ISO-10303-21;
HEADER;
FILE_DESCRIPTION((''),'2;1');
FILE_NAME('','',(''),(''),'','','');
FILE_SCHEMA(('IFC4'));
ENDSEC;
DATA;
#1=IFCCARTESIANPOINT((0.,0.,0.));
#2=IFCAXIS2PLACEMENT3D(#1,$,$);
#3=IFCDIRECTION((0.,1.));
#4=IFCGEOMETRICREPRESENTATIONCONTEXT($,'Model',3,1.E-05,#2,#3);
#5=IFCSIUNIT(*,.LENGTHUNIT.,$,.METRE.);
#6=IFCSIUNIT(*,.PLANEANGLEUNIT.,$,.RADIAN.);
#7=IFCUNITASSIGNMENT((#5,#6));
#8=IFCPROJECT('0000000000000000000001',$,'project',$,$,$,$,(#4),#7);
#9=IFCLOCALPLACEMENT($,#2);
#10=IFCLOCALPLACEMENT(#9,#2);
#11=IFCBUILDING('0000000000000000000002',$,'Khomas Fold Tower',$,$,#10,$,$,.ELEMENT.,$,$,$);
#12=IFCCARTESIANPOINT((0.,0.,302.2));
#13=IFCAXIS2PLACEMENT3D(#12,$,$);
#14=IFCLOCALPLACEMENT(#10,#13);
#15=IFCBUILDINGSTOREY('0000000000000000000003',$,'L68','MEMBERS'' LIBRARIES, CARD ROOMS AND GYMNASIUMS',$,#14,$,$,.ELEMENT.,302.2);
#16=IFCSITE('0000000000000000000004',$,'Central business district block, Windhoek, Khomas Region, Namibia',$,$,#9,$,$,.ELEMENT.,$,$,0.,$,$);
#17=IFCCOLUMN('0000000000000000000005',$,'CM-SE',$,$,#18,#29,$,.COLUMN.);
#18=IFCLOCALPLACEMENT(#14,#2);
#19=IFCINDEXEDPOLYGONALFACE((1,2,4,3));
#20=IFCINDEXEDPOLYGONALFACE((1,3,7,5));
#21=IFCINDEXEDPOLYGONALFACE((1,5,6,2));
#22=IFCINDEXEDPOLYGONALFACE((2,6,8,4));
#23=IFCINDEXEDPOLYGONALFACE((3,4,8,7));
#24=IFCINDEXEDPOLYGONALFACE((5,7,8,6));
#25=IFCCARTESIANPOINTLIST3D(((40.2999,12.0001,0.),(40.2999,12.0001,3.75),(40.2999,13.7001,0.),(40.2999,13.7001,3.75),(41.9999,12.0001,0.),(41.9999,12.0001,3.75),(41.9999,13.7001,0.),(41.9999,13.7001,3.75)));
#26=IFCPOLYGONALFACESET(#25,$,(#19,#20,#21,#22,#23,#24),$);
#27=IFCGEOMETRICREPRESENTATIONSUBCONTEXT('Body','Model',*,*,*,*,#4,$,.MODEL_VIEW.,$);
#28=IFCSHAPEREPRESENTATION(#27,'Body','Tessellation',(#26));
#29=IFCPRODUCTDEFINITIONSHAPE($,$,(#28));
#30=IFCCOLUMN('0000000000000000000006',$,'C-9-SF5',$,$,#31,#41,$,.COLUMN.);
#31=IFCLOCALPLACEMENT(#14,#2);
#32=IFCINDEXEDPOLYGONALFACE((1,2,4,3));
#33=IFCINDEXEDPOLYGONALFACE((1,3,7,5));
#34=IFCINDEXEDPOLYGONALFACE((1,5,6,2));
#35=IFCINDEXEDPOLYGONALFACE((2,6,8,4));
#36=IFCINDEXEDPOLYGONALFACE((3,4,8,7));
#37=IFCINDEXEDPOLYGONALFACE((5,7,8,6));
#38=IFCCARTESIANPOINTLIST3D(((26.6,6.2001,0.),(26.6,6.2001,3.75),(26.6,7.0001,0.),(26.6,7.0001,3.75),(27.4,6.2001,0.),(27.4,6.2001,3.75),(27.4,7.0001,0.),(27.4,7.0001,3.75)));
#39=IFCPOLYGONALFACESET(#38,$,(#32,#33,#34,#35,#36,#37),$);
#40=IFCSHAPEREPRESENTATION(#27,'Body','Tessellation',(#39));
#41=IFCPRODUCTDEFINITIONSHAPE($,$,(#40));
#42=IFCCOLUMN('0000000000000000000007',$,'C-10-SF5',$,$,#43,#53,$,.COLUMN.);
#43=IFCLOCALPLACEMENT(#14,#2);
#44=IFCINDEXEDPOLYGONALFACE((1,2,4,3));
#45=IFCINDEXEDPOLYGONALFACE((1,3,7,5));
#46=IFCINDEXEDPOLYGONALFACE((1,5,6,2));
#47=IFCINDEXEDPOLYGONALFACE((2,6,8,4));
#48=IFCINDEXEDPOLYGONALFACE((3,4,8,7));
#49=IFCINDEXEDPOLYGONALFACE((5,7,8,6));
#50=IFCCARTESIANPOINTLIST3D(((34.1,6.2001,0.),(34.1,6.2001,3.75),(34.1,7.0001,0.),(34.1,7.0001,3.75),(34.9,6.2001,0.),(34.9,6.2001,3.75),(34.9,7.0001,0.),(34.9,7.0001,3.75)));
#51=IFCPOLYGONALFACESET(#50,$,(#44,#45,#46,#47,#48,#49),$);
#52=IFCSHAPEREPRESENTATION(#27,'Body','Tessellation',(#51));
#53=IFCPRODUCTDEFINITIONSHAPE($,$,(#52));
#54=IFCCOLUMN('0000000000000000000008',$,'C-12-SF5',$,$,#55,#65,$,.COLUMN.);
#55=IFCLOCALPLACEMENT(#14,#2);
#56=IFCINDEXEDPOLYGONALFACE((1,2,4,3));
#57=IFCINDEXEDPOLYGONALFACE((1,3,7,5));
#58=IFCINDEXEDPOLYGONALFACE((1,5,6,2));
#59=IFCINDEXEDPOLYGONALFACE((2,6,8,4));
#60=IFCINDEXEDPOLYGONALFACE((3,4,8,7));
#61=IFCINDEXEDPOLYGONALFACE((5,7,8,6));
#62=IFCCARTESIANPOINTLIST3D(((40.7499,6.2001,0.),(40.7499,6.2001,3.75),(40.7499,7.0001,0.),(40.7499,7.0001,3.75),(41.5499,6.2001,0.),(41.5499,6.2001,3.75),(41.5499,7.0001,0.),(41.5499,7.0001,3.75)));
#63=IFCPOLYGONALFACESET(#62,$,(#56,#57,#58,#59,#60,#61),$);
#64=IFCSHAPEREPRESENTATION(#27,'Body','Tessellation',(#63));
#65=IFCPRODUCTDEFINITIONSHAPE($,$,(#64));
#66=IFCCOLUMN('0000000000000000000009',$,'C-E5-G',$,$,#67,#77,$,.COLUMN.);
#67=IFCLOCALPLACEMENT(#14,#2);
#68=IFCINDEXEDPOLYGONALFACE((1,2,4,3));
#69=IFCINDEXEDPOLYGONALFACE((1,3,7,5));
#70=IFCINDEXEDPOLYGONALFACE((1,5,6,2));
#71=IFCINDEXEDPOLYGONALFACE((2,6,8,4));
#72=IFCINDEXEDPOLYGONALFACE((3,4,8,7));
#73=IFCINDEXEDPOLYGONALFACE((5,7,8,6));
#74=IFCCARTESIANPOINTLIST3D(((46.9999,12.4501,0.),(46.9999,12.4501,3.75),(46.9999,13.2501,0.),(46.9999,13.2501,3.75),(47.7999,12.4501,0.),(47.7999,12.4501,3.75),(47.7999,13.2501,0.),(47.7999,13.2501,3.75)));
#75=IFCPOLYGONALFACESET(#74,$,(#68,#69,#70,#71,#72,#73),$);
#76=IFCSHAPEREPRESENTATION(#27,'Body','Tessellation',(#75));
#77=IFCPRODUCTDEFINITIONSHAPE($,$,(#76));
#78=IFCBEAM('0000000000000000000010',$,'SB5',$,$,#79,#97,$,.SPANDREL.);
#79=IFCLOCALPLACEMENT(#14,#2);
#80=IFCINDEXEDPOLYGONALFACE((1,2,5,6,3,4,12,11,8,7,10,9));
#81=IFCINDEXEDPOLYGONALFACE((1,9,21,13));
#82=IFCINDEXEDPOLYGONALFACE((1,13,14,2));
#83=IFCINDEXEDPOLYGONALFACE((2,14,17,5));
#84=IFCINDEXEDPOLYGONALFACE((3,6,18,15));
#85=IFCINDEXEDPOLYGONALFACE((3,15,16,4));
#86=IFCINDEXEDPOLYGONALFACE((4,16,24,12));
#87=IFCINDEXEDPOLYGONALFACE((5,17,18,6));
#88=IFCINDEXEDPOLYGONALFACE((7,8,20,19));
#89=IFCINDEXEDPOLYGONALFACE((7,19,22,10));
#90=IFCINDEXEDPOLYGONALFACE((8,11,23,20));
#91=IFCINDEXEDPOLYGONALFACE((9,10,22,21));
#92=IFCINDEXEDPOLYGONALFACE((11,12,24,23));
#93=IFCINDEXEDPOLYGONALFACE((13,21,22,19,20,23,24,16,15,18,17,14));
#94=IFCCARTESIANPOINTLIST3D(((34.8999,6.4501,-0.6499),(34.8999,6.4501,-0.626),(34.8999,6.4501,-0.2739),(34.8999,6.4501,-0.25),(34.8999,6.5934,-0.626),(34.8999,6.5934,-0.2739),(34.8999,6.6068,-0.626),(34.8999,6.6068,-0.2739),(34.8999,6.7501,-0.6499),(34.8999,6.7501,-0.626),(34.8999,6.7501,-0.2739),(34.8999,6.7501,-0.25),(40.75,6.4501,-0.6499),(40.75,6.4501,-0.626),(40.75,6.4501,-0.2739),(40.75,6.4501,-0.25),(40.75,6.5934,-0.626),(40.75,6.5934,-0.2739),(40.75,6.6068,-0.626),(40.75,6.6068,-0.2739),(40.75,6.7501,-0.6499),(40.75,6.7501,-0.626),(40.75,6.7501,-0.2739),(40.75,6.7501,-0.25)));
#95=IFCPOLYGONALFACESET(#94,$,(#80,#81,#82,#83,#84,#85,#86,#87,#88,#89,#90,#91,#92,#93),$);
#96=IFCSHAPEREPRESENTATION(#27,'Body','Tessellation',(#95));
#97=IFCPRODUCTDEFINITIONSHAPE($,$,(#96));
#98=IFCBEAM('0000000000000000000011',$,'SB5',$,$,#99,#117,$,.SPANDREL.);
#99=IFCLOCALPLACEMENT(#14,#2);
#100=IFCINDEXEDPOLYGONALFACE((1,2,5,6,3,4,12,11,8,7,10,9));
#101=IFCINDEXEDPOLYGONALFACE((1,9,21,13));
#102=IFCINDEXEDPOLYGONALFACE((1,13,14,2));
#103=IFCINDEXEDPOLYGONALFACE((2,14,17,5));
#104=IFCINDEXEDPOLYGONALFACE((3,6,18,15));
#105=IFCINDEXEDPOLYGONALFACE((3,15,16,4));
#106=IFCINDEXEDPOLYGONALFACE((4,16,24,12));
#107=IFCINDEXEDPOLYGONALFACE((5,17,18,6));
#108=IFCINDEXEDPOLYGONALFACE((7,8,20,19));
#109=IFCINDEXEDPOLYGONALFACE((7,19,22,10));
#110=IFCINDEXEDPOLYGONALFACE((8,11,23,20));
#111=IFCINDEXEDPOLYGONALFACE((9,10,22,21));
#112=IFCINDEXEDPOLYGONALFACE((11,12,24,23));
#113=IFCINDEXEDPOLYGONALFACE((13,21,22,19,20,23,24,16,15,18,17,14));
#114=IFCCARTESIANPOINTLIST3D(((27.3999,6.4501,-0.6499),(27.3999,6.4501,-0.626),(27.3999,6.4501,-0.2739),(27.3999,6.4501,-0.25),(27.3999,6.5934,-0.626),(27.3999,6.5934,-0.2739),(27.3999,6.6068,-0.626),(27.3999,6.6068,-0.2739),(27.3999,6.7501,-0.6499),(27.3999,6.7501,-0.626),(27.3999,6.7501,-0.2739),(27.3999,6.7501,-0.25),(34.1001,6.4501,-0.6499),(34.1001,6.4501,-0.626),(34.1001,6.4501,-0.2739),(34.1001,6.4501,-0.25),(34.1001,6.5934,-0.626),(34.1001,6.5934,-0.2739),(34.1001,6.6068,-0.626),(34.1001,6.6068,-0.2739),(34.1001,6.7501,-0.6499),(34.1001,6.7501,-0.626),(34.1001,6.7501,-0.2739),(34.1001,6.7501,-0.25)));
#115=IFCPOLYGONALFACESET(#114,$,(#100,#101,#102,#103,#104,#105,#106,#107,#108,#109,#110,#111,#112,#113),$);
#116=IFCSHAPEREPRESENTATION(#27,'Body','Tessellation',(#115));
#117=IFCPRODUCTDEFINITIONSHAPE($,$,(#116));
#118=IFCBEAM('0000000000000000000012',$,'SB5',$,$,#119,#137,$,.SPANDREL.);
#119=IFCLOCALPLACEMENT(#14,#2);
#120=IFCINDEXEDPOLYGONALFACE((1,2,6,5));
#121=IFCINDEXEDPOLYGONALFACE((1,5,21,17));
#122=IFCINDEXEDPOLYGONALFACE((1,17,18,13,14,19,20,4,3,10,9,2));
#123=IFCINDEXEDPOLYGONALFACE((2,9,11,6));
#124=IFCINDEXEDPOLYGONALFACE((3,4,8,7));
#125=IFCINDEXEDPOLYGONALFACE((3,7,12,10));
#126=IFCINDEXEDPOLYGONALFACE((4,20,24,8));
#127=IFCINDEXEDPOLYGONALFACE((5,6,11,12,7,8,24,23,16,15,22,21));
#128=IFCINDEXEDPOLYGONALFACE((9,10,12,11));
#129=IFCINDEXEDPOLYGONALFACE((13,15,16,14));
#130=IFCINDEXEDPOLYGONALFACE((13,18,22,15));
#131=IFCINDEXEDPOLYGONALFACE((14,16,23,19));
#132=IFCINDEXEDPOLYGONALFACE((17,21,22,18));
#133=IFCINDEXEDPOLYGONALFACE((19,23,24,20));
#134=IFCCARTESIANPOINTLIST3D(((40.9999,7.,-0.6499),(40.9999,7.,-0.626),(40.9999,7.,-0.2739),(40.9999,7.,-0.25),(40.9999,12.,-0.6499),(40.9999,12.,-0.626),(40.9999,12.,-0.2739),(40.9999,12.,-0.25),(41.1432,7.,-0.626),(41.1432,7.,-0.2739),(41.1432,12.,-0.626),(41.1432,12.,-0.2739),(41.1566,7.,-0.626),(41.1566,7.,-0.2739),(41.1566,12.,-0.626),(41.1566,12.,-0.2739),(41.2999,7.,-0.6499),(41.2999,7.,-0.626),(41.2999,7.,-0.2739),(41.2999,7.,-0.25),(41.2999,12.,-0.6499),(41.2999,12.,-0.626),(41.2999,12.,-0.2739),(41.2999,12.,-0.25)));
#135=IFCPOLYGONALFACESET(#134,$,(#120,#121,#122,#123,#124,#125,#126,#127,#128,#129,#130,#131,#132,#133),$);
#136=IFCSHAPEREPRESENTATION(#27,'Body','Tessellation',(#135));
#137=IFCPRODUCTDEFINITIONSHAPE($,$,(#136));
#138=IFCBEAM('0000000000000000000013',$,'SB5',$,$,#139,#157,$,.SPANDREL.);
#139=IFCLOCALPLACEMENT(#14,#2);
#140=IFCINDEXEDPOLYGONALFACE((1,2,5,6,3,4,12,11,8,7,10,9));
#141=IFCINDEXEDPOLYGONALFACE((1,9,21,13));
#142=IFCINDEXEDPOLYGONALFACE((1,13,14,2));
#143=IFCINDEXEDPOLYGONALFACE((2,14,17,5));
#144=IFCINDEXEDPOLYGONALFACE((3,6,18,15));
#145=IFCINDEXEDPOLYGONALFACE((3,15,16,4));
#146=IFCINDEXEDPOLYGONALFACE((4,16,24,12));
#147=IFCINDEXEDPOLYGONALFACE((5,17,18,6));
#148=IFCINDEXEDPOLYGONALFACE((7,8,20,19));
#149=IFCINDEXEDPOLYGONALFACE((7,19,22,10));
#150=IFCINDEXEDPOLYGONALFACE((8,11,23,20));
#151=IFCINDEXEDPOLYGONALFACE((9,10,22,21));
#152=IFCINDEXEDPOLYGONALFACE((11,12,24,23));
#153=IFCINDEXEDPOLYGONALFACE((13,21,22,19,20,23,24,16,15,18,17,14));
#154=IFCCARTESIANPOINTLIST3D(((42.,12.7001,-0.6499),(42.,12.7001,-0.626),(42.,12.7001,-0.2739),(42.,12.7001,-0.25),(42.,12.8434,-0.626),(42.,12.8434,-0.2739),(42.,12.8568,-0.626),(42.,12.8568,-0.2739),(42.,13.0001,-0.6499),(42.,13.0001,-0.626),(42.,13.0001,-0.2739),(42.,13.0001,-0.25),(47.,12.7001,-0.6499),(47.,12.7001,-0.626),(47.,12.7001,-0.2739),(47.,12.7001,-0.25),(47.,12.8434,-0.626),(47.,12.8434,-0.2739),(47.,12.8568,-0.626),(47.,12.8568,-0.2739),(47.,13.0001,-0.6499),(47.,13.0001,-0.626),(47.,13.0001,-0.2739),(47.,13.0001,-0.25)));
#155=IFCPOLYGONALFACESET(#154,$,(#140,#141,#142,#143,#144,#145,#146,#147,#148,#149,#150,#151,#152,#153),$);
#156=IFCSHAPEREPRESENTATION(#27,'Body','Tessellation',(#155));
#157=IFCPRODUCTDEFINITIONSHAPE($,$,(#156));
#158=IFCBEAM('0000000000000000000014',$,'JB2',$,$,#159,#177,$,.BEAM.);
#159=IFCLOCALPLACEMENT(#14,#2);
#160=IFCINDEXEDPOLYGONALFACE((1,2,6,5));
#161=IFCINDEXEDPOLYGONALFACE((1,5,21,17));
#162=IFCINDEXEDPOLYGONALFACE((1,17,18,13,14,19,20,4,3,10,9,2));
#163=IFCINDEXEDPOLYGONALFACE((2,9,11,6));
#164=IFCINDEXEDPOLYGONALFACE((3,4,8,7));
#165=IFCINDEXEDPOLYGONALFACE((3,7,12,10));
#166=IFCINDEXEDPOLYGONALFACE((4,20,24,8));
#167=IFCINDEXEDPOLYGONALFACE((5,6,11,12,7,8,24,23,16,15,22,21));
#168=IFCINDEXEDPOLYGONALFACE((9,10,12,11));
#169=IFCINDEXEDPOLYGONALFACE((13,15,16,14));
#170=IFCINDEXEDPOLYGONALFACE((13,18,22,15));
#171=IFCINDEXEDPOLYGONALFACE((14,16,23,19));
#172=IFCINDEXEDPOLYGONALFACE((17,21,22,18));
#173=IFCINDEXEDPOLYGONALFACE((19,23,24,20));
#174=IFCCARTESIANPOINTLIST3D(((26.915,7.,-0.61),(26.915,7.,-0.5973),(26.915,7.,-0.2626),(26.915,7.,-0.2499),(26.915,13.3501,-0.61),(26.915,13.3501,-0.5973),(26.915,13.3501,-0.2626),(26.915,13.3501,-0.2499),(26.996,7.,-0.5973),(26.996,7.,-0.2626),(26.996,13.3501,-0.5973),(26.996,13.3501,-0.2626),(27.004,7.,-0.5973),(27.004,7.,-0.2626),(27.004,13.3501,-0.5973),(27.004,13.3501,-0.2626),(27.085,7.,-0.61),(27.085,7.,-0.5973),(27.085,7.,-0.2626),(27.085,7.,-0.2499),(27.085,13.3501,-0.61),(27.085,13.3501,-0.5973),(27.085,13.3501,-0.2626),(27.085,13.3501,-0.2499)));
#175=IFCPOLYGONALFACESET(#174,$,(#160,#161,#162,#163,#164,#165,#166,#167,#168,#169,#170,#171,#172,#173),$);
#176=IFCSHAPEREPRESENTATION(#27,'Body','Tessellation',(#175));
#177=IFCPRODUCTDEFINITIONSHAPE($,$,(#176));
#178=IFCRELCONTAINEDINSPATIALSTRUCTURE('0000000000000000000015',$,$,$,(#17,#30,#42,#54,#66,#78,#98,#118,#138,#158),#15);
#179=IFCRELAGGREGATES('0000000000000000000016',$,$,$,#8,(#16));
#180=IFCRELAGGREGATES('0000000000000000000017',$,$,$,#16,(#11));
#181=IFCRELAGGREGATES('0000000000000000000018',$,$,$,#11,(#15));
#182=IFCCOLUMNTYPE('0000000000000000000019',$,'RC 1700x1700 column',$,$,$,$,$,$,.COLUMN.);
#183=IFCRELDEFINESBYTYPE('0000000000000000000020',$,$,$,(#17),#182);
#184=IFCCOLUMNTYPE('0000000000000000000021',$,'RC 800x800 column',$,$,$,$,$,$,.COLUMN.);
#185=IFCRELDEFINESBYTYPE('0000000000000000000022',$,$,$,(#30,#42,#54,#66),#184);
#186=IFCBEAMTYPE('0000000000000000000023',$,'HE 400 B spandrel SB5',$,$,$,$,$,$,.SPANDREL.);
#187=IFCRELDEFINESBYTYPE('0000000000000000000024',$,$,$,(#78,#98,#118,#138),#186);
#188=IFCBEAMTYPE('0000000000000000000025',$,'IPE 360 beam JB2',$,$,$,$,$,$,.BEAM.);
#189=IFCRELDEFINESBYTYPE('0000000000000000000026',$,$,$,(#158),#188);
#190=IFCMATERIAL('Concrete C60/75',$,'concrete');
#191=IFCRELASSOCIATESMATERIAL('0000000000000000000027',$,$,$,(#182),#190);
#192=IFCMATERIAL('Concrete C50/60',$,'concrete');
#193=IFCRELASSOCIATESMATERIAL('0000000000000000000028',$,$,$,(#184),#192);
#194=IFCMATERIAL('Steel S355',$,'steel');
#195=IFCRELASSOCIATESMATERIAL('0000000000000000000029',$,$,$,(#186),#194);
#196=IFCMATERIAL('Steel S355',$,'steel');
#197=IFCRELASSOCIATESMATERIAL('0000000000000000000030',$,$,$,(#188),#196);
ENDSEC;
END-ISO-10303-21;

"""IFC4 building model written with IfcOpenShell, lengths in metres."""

from ifc_helpers import new_model, si_unit, direction, frame, origin, origin_2d, place, context, subcontext, project, spatial, rectangle, i_section, extrude, source, transform, mapped, material, material_profile, profile_set, type_object, element, save


model = new_model("IFC4")

# Units and contexts
model_context = context("Model", 3, precision=1e-05, world=origin(), true_north=direction((0.0, 1.0)))
body_context = subcontext(model_context, "Body", "Model", "MODEL_VIEW")
ifc_project = project(units=[si_unit("LENGTHUNIT", "METRE"), si_unit("PLANEANGLEUNIT", "RADIAN")], contexts=[model_context])

# Site, building, storey
site_placement = place(None, origin())
site = spatial("IfcSite", under=ifc_project, at=site_placement, Name="Central business district block, Windhoek, Khomas Region, Namibia", CompositionType="ELEMENT", RefElevation=0.0)
building_placement = place(site_placement, origin())
building = spatial("IfcBuilding", under=site, at=building_placement, Name="Khomas Fold Tower", CompositionType="ELEMENT")
storey_placement = place(building_placement, frame((0.0, 0.0, 302.2)))
storey = spatial("IfcBuildingStorey", under=building, at=storey_placement, Name="L68", Description="MEMBERS' LIBRARIES, CARD ROOMS AND GYMNASIUMS", CompositionType="ELEMENT", Elevation=302.2)

# Columns
ifc_material_1 = material(Name="Concrete C60/75", Category="concrete")
ifc_material_profile_1 = material_profile(ifc_material_1, rectangle(XDim=1.7, YDim=1.7, at=origin_2d()), Name="RC 1700x1700")
ifc_profile_set_1 = profile_set([ifc_material_profile_1], Name="Concrete C60/75")
column_type_1 = type_object("IfcColumnType", Name="RC 1700x1700 column", PredefinedType="COLUMN", material=ifc_profile_set_1)
shared_shape_1 = source(origin(), body_context, "Body", "SweptSolid", [
    extrude(rectangle(XDim=1.7, YDim=1.7, at=origin_2d()), origin(), (0.0, 0.0, 1.0), 3.75),
])
column_placement = place(storey_placement, frame((41.1499, 12.8501, 0.0), z_axis=(0.0, 0.0, 1.0), x_axis=(1.0, 0.0, 0.0)))
element("IfcColumn", 1, at=column_placement, inside=storey, type_object=column_type_1, Name="CM-SE", PredefinedType="COLUMN", context=body_context, shape_type="MappedRepresentation", body=[
    mapped(shared_shape_1, transform((0.0, 0.0, 0.0))),
])
ifc_material_2 = material(Name="Concrete C50/60", Category="concrete")
ifc_material_profile_2 = material_profile(ifc_material_2, rectangle(XDim=0.8, YDim=0.8, at=origin_2d()), Name="RC 800x800")
ifc_profile_set_2 = profile_set([ifc_material_profile_2], Name="Concrete C50/60")
column_type_2 = type_object("IfcColumnType", Name="RC 800x800 column", PredefinedType="COLUMN", material=ifc_profile_set_2)
shared_shape_2 = source(origin(), body_context, "Body", "SweptSolid", [
    extrude(rectangle(XDim=0.8, YDim=0.8, at=origin_2d()), origin(), (0.0, 0.0, 1.0), 3.75),
])
for number, where, z_axis, x_axis, name in (
    (2, (27.0, 6.6001, 0.0), (0.0, 0.0, 1.0), (1.0, 0.0, 0.0), "C-9-SF5"),
    (3, (34.5, 6.6001, 0.0), (0.0, 0.0, 1.0), (1.0, 0.0, 0.0), "C-10-SF5"),
    (4, (41.1499, 6.6001, 0.0), (0.0, 0.0, 1.0), (1.0, 0.0, 0.0), "C-12-SF5"),
    (5, (47.3999, 12.8501, 0.0), (0.0, 0.0, 1.0), (1.0, 0.0, 0.0), "C-E5-G"),
):
    element("IfcColumn", number, at=place(storey_placement, frame(where, z_axis=z_axis, x_axis=x_axis)), inside=storey, type_object=column_type_2, Name=name, PredefinedType="COLUMN", context=body_context, shape_type="MappedRepresentation", body=[
        mapped(shared_shape_2, transform((0.0, 0.0, 0.0))),
    ])

# Beams
ifc_material_3 = material(Name="Steel S355", Category="steel")
ifc_material_profile_3 = material_profile(ifc_material_3, i_section(OverallWidth=0.3, OverallDepth=0.3999, WebThickness=0.0134, FlangeThickness=0.0239, at=origin_2d()), Name="HE 400 B")
ifc_profile_set_3 = profile_set([ifc_material_profile_3], Name="Steel S355")
beam_type_1 = type_object("IfcBeamType", Name="HE 400 B spandrel SB5", PredefinedType="SPANDREL", material=ifc_profile_set_3)
shared_shape_3 = source(origin(), body_context, "Body", "SweptSolid", [
    extrude(i_section(OverallWidth=0.3, OverallDepth=0.3999, WebThickness=0.0134, FlangeThickness=0.0239, at=origin_2d()), origin(), (0.0, 0.0, 1.0), 5.8501),
])
beam_1_placement = place(storey_placement, frame((34.8999, 6.6001, -0.45), z_axis=(1.0, 0.0, 0.0), x_axis=(0.0, 1.0, 0.0)))
element("IfcBeam", 6, at=beam_1_placement, inside=storey, type_object=beam_type_1, Name="SB5", PredefinedType="SPANDREL", context=body_context, shape_type="MappedRepresentation", body=[
    mapped(shared_shape_3, transform((0.0, 0.0, 0.0))),
])
shared_shape_4 = source(origin(), body_context, "Body", "SweptSolid", [
    extrude(i_section(OverallWidth=0.3, OverallDepth=0.3999, WebThickness=0.0134, FlangeThickness=0.0239, at=origin_2d()), origin(), (0.0, 0.0, 1.0), 6.7002),
])
beam_2_placement = place(storey_placement, frame((27.3999, 6.6001, -0.45), z_axis=(1.0, 0.0, 0.0), x_axis=(0.0, 1.0, 0.0)))
element("IfcBeam", 7, at=beam_2_placement, inside=storey, type_object=beam_type_1, Name="SB5", PredefinedType="SPANDREL", context=body_context, shape_type="MappedRepresentation", body=[
    mapped(shared_shape_4, transform((0.0, 0.0, 0.0))),
])
shared_shape_5 = source(origin(), body_context, "Body", "SweptSolid", [
    extrude(i_section(OverallWidth=0.3, OverallDepth=0.3999, WebThickness=0.0134, FlangeThickness=0.0239, at=origin_2d()), origin(), (0.0, 0.0, 1.0), 5.0),
])
for number, where, z_axis, x_axis, name in (
    (8, (41.1499, 7.0, -0.45), (0.0, 1.0, 0.0), (-1.0, 0.0, 0.0), "SB5"),
    (9, (42.0, 12.8501, -0.45), (1.0, 0.0, 0.0), (0.0, 1.0, 0.0), "SB5"),
):
    element("IfcBeam", number, at=place(storey_placement, frame(where, z_axis=z_axis, x_axis=x_axis)), inside=storey, type_object=beam_type_1, Name=name, PredefinedType="SPANDREL", context=body_context, shape_type="MappedRepresentation", body=[
        mapped(shared_shape_5, transform((0.0, 0.0, 0.0))),
    ])
ifc_material_4 = material(Name="Steel S355", Category="steel")
ifc_material_profile_4 = material_profile(ifc_material_4, i_section(OverallWidth=0.1699, OverallDepth=0.3601, WebThickness=0.0081, FlangeThickness=0.0127, at=origin_2d()), Name="IPE 360")
ifc_profile_set_4 = profile_set([ifc_material_profile_4], Name="Steel S355")
beam_type_2 = type_object("IfcBeamType", Name="IPE 360 beam JB2", PredefinedType="BEAM", material=ifc_profile_set_4)
shared_shape_6 = source(origin(), body_context, "Body", "SweptSolid", [
    extrude(i_section(OverallWidth=0.1699, OverallDepth=0.3601, WebThickness=0.0081, FlangeThickness=0.0127, at=origin_2d()), origin(), (0.0, 0.0, 1.0), 6.3501),
])
beam_3_placement = place(storey_placement, frame((27.0, 7.0, -0.4299), z_axis=(0.0, 1.0, 0.0), x_axis=(-1.0, 0.0, 0.0)))
element("IfcBeam", 10, at=beam_3_placement, inside=storey, type_object=beam_type_2, Name="JB2", PredefinedType="BEAM", context=body_context, shape_type="MappedRepresentation", body=[
    mapped(shared_shape_6, transform((0.0, 0.0, 0.0))),
])

save(model, "model.ifc")
